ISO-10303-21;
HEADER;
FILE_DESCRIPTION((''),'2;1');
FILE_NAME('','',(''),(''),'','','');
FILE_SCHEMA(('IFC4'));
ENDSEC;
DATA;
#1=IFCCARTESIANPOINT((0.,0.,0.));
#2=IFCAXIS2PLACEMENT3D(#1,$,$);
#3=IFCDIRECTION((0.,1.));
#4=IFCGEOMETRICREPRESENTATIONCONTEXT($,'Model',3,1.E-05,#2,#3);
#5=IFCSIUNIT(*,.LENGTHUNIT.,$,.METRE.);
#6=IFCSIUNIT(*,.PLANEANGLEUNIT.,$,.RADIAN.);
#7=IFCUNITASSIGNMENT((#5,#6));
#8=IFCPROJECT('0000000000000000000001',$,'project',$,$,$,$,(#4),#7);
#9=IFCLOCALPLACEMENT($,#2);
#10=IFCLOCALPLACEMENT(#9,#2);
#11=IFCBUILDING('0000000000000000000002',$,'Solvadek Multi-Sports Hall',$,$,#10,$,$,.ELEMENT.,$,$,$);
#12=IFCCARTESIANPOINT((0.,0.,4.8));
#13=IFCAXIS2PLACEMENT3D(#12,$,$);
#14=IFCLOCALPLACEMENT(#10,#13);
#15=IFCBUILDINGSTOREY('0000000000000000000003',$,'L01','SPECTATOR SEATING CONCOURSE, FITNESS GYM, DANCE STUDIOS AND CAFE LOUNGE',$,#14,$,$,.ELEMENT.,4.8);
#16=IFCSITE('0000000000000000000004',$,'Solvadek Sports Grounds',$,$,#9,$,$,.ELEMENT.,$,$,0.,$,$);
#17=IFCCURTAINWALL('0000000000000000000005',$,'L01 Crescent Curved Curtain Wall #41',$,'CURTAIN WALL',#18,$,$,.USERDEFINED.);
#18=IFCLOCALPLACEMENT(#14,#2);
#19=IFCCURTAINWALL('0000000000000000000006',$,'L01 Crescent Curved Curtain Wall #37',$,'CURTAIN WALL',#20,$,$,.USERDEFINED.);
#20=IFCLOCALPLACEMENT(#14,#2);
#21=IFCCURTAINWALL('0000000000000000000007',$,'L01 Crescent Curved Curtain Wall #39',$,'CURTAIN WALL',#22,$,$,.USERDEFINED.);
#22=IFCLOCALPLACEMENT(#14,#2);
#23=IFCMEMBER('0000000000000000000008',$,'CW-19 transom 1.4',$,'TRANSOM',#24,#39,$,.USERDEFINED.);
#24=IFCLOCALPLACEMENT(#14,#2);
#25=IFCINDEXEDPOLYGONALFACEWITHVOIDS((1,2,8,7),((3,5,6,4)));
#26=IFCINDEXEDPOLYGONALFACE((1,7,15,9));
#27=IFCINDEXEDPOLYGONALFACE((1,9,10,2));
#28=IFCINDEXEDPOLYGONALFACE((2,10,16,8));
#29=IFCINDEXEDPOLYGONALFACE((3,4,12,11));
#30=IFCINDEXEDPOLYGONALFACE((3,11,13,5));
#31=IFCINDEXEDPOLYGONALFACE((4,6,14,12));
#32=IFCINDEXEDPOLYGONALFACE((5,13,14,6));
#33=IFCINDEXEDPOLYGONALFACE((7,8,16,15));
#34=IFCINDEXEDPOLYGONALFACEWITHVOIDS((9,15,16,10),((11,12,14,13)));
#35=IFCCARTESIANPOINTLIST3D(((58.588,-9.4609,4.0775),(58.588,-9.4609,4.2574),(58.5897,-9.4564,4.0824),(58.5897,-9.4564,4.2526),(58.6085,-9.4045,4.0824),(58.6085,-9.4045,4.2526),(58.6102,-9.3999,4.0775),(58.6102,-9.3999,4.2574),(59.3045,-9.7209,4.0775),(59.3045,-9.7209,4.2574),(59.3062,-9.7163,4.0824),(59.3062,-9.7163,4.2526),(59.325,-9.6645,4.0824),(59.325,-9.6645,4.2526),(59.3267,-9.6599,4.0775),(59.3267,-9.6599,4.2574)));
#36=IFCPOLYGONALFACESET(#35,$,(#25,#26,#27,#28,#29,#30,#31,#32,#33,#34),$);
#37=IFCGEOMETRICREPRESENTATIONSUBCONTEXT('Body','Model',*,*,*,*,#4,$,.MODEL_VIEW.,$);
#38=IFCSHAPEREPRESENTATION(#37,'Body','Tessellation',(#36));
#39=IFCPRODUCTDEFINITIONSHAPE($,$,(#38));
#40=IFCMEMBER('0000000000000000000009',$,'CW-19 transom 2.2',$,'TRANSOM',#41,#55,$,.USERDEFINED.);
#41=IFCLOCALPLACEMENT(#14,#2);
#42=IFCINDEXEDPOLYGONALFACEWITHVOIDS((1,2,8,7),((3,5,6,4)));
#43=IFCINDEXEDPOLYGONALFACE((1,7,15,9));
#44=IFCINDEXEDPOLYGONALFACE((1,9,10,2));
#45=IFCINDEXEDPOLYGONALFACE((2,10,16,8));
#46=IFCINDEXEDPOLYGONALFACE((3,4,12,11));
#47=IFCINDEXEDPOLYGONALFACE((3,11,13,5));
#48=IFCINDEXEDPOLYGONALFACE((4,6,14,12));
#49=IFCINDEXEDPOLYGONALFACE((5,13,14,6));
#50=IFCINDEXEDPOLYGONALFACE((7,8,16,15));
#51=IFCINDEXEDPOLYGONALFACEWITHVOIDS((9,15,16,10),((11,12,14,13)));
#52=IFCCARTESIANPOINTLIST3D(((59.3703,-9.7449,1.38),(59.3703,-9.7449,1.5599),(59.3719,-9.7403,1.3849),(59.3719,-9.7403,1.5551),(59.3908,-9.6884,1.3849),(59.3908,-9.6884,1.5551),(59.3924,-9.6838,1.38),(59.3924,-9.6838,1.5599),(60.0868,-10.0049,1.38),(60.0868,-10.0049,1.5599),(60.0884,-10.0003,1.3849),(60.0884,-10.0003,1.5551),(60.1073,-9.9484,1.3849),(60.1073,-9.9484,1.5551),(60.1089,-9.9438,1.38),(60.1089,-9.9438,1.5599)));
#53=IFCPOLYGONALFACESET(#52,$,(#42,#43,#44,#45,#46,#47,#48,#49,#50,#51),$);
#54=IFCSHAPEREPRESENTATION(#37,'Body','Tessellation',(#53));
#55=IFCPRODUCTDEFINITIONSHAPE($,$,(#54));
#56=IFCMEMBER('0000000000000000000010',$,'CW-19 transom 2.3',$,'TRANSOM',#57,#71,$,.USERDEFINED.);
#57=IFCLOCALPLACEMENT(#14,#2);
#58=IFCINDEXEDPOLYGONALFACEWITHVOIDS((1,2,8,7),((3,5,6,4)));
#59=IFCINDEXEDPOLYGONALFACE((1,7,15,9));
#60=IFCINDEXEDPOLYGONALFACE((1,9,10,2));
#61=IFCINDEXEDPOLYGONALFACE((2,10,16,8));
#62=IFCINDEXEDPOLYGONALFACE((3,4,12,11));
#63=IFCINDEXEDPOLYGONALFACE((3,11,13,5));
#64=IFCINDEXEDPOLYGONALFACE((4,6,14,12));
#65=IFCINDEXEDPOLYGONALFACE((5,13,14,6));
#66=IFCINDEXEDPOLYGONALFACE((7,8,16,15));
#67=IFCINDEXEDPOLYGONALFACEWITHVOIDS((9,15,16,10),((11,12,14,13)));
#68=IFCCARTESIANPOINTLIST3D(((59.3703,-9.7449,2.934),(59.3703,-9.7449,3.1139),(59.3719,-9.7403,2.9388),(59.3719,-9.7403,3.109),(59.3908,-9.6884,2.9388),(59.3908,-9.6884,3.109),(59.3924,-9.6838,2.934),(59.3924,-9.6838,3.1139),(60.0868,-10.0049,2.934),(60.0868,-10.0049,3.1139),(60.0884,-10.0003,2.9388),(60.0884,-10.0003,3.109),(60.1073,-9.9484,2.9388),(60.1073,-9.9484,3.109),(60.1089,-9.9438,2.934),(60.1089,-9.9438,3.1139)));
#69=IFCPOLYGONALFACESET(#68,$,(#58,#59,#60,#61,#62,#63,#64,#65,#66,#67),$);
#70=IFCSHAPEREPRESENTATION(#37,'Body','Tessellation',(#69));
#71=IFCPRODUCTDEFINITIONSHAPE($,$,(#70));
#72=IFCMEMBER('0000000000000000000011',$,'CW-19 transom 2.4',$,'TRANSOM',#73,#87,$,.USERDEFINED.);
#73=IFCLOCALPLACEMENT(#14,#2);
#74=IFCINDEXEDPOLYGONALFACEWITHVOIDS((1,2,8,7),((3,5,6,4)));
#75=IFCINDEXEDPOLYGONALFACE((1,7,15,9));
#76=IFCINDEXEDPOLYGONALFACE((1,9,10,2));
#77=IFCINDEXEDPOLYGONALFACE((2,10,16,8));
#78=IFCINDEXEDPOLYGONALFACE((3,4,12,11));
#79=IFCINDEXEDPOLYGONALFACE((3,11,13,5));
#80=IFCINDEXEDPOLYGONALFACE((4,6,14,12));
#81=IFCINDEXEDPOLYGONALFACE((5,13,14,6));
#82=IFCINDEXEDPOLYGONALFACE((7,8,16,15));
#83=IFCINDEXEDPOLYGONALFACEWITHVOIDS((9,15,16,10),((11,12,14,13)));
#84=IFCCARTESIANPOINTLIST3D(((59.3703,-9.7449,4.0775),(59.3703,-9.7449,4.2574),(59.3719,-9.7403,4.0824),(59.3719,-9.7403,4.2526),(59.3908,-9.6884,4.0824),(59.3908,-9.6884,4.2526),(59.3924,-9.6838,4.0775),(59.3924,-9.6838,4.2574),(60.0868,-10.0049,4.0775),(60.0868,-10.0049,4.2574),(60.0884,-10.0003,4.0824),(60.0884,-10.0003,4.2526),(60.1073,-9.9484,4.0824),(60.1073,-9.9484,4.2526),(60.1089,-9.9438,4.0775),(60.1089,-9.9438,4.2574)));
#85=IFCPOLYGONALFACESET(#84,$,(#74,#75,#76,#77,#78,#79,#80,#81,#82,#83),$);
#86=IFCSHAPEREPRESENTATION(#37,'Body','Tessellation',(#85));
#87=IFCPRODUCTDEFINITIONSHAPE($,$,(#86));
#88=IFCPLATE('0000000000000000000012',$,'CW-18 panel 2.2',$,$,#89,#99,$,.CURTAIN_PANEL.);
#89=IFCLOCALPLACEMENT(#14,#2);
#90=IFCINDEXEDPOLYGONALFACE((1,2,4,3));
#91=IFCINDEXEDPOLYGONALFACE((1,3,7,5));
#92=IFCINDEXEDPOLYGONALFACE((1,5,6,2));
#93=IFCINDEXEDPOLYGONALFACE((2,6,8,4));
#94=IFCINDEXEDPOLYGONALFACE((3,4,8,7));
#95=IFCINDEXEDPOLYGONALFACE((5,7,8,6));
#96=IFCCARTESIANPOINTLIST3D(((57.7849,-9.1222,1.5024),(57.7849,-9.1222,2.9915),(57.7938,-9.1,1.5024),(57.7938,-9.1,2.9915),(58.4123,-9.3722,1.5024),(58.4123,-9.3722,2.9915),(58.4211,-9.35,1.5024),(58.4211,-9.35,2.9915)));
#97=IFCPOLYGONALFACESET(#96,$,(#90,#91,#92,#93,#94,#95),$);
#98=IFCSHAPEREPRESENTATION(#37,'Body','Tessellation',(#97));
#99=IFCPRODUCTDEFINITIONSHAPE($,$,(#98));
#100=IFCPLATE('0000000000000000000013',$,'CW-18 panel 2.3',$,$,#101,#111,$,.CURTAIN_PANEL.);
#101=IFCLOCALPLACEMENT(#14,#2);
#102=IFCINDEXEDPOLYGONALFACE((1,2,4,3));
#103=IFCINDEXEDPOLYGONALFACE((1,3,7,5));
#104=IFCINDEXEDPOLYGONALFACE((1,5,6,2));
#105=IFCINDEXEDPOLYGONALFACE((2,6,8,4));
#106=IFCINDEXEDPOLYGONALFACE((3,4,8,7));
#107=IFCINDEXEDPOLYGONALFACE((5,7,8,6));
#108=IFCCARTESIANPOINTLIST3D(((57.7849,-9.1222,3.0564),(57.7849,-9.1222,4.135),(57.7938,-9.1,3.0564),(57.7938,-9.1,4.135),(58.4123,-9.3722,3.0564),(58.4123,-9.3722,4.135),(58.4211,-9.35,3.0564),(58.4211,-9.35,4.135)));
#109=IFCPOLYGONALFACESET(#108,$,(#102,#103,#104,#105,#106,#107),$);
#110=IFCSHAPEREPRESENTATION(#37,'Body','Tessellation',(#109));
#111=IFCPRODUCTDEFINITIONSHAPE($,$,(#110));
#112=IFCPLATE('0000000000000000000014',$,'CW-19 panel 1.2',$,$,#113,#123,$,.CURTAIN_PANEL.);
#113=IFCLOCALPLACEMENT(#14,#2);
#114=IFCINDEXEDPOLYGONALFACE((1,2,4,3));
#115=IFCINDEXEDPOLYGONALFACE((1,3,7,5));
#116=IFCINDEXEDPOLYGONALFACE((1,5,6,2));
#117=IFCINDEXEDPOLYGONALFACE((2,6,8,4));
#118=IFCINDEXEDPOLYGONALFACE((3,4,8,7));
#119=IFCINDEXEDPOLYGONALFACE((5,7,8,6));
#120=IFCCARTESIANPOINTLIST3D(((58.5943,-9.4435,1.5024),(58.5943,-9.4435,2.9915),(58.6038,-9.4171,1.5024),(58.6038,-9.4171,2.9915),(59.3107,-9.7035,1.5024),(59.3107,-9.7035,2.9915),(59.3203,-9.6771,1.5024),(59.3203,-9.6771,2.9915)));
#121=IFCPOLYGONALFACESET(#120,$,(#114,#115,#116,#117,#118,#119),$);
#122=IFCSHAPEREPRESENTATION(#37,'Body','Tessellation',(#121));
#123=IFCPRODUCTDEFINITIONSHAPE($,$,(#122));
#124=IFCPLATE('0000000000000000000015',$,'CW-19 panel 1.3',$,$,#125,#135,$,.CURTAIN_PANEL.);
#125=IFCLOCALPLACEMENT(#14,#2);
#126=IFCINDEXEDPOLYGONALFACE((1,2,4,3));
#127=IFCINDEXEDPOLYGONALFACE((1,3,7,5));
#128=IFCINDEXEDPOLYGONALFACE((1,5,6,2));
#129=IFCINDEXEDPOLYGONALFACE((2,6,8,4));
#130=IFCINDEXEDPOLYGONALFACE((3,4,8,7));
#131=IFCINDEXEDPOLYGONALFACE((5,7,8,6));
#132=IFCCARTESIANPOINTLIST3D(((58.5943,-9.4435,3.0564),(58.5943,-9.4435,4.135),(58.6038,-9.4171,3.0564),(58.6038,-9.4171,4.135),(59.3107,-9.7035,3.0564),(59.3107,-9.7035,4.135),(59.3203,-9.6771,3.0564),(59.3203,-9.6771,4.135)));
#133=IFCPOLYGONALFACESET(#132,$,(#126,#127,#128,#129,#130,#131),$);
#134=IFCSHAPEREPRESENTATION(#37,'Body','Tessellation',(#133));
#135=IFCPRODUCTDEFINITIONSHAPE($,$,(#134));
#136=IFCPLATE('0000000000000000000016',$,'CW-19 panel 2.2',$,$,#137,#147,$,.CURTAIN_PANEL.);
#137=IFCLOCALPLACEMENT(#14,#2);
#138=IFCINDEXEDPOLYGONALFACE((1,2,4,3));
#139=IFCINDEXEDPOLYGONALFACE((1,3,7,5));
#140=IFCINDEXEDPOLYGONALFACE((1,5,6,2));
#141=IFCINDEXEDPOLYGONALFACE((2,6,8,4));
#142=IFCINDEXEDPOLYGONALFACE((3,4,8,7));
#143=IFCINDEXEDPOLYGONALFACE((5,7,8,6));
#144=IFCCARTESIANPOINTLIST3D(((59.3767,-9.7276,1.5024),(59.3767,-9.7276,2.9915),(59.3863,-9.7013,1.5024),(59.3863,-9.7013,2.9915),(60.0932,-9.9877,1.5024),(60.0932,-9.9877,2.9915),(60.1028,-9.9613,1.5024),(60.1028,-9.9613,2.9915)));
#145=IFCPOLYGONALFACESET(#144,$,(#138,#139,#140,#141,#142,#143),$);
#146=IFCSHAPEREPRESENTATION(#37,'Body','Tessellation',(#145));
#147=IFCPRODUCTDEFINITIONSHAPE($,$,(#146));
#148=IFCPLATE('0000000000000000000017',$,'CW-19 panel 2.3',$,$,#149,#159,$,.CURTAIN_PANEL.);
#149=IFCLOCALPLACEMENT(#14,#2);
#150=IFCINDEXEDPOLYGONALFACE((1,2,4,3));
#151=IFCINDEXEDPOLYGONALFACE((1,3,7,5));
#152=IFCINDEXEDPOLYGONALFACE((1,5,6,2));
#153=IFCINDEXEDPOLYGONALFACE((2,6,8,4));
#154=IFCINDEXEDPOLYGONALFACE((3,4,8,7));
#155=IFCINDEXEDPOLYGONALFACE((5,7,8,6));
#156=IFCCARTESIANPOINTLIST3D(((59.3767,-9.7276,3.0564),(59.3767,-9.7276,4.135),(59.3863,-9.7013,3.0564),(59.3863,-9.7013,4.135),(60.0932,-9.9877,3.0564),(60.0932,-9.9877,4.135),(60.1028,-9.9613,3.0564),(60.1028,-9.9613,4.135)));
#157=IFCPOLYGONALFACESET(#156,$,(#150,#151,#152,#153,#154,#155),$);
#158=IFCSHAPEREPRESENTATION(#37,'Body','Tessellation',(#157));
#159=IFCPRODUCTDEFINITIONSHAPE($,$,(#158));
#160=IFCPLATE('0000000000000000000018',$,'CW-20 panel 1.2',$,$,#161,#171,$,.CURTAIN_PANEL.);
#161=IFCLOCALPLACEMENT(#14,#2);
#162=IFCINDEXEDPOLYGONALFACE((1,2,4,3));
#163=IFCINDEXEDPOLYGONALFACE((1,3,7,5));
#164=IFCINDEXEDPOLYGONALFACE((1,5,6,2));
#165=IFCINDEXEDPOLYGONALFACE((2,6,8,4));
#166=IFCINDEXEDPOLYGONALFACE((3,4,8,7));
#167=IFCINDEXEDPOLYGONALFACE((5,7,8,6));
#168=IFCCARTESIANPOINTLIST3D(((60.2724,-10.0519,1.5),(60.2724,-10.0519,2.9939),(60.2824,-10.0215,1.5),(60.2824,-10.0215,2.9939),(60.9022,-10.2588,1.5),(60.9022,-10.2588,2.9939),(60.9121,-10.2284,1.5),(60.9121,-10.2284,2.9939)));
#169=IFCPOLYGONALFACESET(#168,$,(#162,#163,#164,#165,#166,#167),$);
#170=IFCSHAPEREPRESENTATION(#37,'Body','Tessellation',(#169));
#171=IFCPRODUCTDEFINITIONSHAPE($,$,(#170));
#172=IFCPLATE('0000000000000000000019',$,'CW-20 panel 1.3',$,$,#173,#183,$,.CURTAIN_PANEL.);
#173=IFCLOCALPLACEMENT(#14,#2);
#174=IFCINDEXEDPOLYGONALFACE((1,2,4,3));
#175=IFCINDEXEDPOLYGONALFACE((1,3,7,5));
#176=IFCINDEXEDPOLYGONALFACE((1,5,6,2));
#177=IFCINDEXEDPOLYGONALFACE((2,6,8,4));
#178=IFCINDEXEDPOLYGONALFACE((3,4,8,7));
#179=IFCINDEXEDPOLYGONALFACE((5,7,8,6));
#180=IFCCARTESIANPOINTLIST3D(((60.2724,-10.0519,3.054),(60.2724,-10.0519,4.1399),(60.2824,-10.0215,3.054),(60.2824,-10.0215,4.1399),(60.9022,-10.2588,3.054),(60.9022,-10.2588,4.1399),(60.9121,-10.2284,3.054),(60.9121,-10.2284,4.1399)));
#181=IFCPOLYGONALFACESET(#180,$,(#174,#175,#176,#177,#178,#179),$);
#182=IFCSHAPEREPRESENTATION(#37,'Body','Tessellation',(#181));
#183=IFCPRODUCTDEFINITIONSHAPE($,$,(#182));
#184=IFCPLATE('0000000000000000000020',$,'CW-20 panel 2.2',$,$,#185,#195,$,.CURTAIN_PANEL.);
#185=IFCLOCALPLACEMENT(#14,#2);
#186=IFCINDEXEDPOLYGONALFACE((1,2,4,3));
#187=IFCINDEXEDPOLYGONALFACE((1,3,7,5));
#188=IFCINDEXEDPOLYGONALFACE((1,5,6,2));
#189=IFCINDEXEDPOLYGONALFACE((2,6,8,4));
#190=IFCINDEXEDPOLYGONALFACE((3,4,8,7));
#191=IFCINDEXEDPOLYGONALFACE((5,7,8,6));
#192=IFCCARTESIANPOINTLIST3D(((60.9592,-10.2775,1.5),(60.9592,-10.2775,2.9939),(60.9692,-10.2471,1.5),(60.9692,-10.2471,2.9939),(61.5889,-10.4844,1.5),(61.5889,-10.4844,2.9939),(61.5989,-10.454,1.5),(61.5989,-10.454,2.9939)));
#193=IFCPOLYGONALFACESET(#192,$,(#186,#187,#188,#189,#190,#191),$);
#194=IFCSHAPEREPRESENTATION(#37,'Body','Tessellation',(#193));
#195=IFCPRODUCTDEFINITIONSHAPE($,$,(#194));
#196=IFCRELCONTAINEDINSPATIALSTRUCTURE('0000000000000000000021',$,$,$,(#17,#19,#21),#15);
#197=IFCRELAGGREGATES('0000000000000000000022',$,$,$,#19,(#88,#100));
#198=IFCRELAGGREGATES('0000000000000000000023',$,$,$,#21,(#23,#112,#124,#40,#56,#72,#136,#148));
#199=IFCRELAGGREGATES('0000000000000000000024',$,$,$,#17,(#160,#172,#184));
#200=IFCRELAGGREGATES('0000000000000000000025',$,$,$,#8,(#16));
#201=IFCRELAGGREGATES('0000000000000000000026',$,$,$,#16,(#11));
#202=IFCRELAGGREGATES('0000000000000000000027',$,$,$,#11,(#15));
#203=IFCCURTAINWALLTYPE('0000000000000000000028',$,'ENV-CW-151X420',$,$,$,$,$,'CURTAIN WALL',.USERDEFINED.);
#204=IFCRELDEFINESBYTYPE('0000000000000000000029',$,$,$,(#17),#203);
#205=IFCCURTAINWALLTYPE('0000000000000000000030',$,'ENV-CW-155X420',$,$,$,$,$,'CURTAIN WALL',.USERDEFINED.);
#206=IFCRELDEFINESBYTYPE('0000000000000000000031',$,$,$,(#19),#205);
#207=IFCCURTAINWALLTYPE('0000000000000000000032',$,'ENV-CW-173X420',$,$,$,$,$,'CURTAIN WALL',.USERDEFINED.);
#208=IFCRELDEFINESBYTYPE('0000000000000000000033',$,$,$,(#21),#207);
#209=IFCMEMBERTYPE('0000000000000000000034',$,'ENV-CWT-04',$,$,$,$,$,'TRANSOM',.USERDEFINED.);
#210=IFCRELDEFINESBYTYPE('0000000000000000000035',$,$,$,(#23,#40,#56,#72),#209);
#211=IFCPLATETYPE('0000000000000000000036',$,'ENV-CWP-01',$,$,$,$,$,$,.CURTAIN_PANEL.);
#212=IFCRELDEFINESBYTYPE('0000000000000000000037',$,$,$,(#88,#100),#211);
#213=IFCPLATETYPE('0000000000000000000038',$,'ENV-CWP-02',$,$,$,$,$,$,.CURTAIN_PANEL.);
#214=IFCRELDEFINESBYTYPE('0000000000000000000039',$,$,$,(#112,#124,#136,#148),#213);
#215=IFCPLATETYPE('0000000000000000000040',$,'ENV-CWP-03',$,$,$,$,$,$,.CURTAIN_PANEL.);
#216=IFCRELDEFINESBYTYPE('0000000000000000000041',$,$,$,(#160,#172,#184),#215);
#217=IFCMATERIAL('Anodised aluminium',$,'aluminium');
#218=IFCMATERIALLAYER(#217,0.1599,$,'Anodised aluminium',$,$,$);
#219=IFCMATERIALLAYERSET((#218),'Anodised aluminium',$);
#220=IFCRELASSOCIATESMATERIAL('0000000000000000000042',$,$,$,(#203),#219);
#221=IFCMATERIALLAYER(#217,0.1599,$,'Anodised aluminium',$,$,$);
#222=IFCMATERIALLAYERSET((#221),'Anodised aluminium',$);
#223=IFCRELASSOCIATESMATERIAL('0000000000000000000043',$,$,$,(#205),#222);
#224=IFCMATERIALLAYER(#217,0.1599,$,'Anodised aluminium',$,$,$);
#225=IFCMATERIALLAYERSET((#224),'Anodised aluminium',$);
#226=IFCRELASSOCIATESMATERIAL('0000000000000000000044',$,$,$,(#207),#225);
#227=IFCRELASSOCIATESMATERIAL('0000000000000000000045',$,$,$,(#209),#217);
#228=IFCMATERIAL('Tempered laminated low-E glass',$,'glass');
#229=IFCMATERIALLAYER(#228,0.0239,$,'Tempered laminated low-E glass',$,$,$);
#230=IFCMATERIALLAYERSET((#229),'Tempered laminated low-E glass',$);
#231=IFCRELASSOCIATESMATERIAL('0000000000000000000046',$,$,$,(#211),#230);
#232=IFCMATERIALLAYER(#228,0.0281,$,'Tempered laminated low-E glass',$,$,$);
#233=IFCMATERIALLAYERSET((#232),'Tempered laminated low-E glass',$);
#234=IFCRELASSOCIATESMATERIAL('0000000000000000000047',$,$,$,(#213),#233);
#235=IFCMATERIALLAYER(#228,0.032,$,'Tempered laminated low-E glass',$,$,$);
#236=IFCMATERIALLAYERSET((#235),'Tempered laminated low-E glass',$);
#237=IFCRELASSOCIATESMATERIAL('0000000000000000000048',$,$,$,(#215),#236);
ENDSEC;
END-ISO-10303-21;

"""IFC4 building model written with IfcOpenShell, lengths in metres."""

from ifc_helpers import new_model, si_unit, direction, frame, origin, origin_2d, place, context, subcontext, project, spatial, rectangle, hollow_rectangle, extrude, material, layer, layer_set, material_profile, profile_set, type_object, element, aggregate, save


model = new_model("IFC4")

# Units and contexts
model_context = context("Model", 3, precision=1e-05, world=origin(), true_north=direction((0.0, 1.0)))
body_context = subcontext(model_context, "Body", "Model", "MODEL_VIEW")
ifc_project = project(units=[si_unit("LENGTHUNIT", "METRE"), si_unit("PLANEANGLEUNIT", "RADIAN")], contexts=[model_context])

# Site, building, storey
site_placement = place(None, origin())
site = spatial("IfcSite", under=ifc_project, at=site_placement, Name="Solvadek Sports Grounds", CompositionType="ELEMENT", RefElevation=0.0)
building_placement = place(site_placement, origin())
building = spatial("IfcBuilding", under=site, at=building_placement, Name="Solvadek Multi-Sports Hall", CompositionType="ELEMENT")
storey_placement = place(building_placement, frame((0.0, 0.0, 4.8)))
storey = spatial("IfcBuildingStorey", under=building, at=storey_placement, Name="L01", Description="SPECTATOR SEATING CONCOURSE, FITNESS GYM, DANCE STUDIOS AND CAFE LOUNGE", CompositionType="ELEMENT", Elevation=4.8)

# Curtain walls, members
ifc_material_1 = material(Name="Anodised aluminium", Category="aluminium")
ifc_layer_1 = layer(ifc_material_1, 0.1599, Name="Anodised aluminium")
ifc_layer_set_1 = layer_set([ifc_layer_1], Name="Anodised aluminium")
curtain_wall_type_1 = type_object("IfcCurtainWallType", Name="ENV-CW-151X420", ElementType="CURTAIN WALL", PredefinedType="USERDEFINED", material=ifc_layer_set_1)
curtain_wall_1_placement = place(storey_placement, origin())
curtain_wall_1 = element("IfcCurtainWall", 1, at=curtain_wall_1_placement, inside=storey, type_object=curtain_wall_type_1, Name="L01 Crescent Curved Curtain Wall #41", ObjectType="CURTAIN WALL", PredefinedType="USERDEFINED")
ifc_layer_2 = layer(ifc_material_1, 0.1599, Name="Anodised aluminium")
ifc_layer_set_2 = layer_set([ifc_layer_2], Name="Anodised aluminium")
curtain_wall_type_2 = type_object("IfcCurtainWallType", Name="ENV-CW-155X420", ElementType="CURTAIN WALL", PredefinedType="USERDEFINED", material=ifc_layer_set_2)
curtain_wall_2_placement = place(storey_placement, origin())
curtain_wall_2 = element("IfcCurtainWall", 2, at=curtain_wall_2_placement, inside=storey, type_object=curtain_wall_type_2, Name="L01 Crescent Curved Curtain Wall #37", ObjectType="CURTAIN WALL", PredefinedType="USERDEFINED")
ifc_layer_3 = layer(ifc_material_1, 0.1599, Name="Anodised aluminium")
ifc_layer_set_3 = layer_set([ifc_layer_3], Name="Anodised aluminium")
curtain_wall_type_3 = type_object("IfcCurtainWallType", Name="ENV-CW-173X420", ElementType="CURTAIN WALL", PredefinedType="USERDEFINED", material=ifc_layer_set_3)
curtain_wall_3_placement = place(storey_placement, origin())
curtain_wall_3 = element("IfcCurtainWall", 3, at=curtain_wall_3_placement, inside=storey, type_object=curtain_wall_type_3, Name="L01 Crescent Curved Curtain Wall #39", ObjectType="CURTAIN WALL", PredefinedType="USERDEFINED")
ifc_material_profile_1 = material_profile(ifc_material_1, hollow_rectangle(XDim=0.0649, YDim=0.1799, WallThickness=0.0049, at=origin_2d()), Name="ALU-T 180x65x5")
ifc_profile_set_1 = profile_set([ifc_material_profile_1], Name="Anodised aluminium")
member_type_1 = type_object("IfcMemberType", Name="ENV-CWT-04", ElementType="TRANSOM", PredefinedType="USERDEFINED", material=ifc_profile_set_1)
member_1_placement = place(storey_placement, frame((58.5991, -9.4304, 4.1675), z_axis=(0.940027, -0.3411, 0.0), x_axis=(0.3411, 0.940027, 0.0)))
member_1 = element("IfcMember", 4, at=member_1_placement, type_object=member_type_1, Name="CW-19 transom 1.4", ObjectType="TRANSOM", PredefinedType="USERDEFINED", context=body_context, shape_type="SweptSolid", body=[
    extrude(hollow_rectangle(XDim=0.0649, YDim=0.1799, WallThickness=0.0049, at=origin_2d()), origin(), (0.0, 0.0, 1.0), 0.7622),
])
member_2_placement = place(storey_placement, frame((59.3813, -9.7144, 1.47), z_axis=(0.940027, -0.3411, 0.0), x_axis=(0.3411, 0.940027, 0.0)))
member_2 = element("IfcMember", 5, at=member_2_placement, type_object=member_type_1, Name="CW-19 transom 2.2", ObjectType="TRANSOM", PredefinedType="USERDEFINED", context=body_context, shape_type="SweptSolid", body=[
    extrude(hollow_rectangle(XDim=0.0649, YDim=0.1799, WallThickness=0.0049, at=origin_2d()), origin(), (0.0, 0.0, 1.0), 0.7622),
])
member_3_placement = place(storey_placement, frame((59.3813, -9.7144, 3.0239), z_axis=(0.940027, -0.3411, 0.0), x_axis=(0.3411, 0.940027, 0.0)))
member_3 = element("IfcMember", 6, at=member_3_placement, type_object=member_type_1, Name="CW-19 transom 2.3", ObjectType="TRANSOM", PredefinedType="USERDEFINED", context=body_context, shape_type="SweptSolid", body=[
    extrude(hollow_rectangle(XDim=0.0649, YDim=0.1799, WallThickness=0.0049, at=origin_2d()), origin(), (0.0, 0.0, 1.0), 0.7622),
])
member_4_placement = place(storey_placement, frame((59.3813, -9.7144, 4.1675), z_axis=(0.940027, -0.3411, 0.0), x_axis=(0.3411, 0.940027, 0.0)))
member_4 = element("IfcMember", 7, at=member_4_placement, type_object=member_type_1, Name="CW-19 transom 2.4", ObjectType="TRANSOM", PredefinedType="USERDEFINED", context=body_context, shape_type="SweptSolid", body=[
    extrude(hollow_rectangle(XDim=0.0649, YDim=0.1799, WallThickness=0.0049, at=origin_2d()), origin(), (0.0, 0.0, 1.0), 0.7622),
])

# Plates
ifc_material_2 = material(Name="Tempered laminated low-E glass", Category="glass")
ifc_layer_4 = layer(ifc_material_2, 0.0239, Name="Tempered laminated low-E glass")
ifc_layer_set_4 = layer_set([ifc_layer_4], Name="Tempered laminated low-E glass")
plate_type_1 = type_object("IfcPlateType", Name="ENV-CWP-01", PredefinedType="CURTAIN_PANEL", material=ifc_layer_set_4)
plate_1_placement = place(storey_placement, frame((58.103, -9.2361, 1.5024), z_axis=(0.0, 0.0, 1.0), x_axis=(0.928967, -0.370163, 0.0)))
plate_1 = element("IfcPlate", 8, at=plate_1_placement, type_object=plate_type_1, Name="CW-18 panel 2.2", PredefinedType="CURTAIN_PANEL", context=body_context, shape_type="SweptSolid", body=[
    extrude(rectangle(XDim=0.6753, YDim=0.0239, at=origin_2d()), origin(), (0.0, 0.0, 1.0), 1.489),
])
plate_2_placement = place(storey_placement, frame((58.103, -9.2361, 3.0564), z_axis=(0.0, 0.0, 1.0), x_axis=(0.928967, -0.370163, 0.0)))
plate_2 = element("IfcPlate", 9, at=plate_2_placement, type_object=plate_type_1, Name="CW-18 panel 2.3", PredefinedType="CURTAIN_PANEL", context=body_context, shape_type="SweptSolid", body=[
    extrude(rectangle(XDim=0.6753, YDim=0.0239, at=origin_2d()), origin(), (0.0, 0.0, 1.0), 1.0786),
])
aggregate(curtain_wall_2, [plate_1, plate_2])
ifc_layer_5 = layer(ifc_material_2, 0.0281, Name="Tempered laminated low-E glass")
ifc_layer_set_5 = layer_set([ifc_layer_5], Name="Tempered laminated low-E glass")
plate_type_2 = type_object("IfcPlateType", Name="ENV-CWP-02", PredefinedType="CURTAIN_PANEL", material=ifc_layer_set_5)
plate_3_placement = place(storey_placement, frame((58.9573, -9.5603, 1.5024), z_axis=(0.0, 0.0, 1.0), x_axis=(0.939992, -0.341197, 0.0)))
plate_3 = element("IfcPlate", 10, at=plate_3_placement, type_object=plate_type_2, Name="CW-19 panel 1.2", PredefinedType="CURTAIN_PANEL", context=body_context, shape_type="SweptSolid", body=[
    extrude(rectangle(XDim=0.7622, YDim=0.0281, at=origin_2d()), origin(), (0.0, 0.0, 1.0), 1.489),
])
plate_4_placement = place(storey_placement, frame((58.9573, -9.5603, 3.0564), z_axis=(0.0, 0.0, 1.0), x_axis=(0.939992, -0.341197, 0.0)))
plate_4 = element("IfcPlate", 11, at=plate_4_placement, type_object=plate_type_2, Name="CW-19 panel 1.3", PredefinedType="CURTAIN_PANEL", context=body_context, shape_type="SweptSolid", body=[
    extrude(rectangle(XDim=0.7622, YDim=0.0281, at=origin_2d()), origin(), (0.0, 0.0, 1.0), 1.0786),
])
plate_5_placement = place(storey_placement, frame((59.7397, -9.8445, 1.5024), z_axis=(0.0, 0.0, 1.0), x_axis=(0.939992, -0.341197, 0.0)))
plate_5 = element("IfcPlate", 12, at=plate_5_placement, type_object=plate_type_2, Name="CW-19 panel 2.2", PredefinedType="CURTAIN_PANEL", context=body_context, shape_type="SweptSolid", body=[
    extrude(rectangle(XDim=0.7622, YDim=0.0281, at=origin_2d()), origin(), (0.0, 0.0, 1.0), 1.489),
])
plate_6_placement = place(storey_placement, frame((59.7397, -9.8445, 3.0564), z_axis=(0.0, 0.0, 1.0), x_axis=(0.939992, -0.341197, 0.0)))
plate_6 = element("IfcPlate", 13, at=plate_6_placement, type_object=plate_type_2, Name="CW-19 panel 2.3", PredefinedType="CURTAIN_PANEL", context=body_context, shape_type="SweptSolid", body=[
    extrude(rectangle(XDim=0.7622, YDim=0.0281, at=origin_2d()), origin(), (0.0, 0.0, 1.0), 1.0786),
])
aggregate(curtain_wall_3, [member_1, plate_3, plate_4, member_2, member_3, member_4, plate_5, plate_6])
ifc_layer_6 = layer(ifc_material_2, 0.032, Name="Tempered laminated low-E glass")
ifc_layer_set_6 = layer_set([ifc_layer_6], Name="Tempered laminated low-E glass")
plate_type_3 = type_object("IfcPlateType", Name="ENV-CWP-03", PredefinedType="CURTAIN_PANEL", material=ifc_layer_set_6)
plate_7_placement = place(storey_placement, frame((60.5923, -10.1401, 1.5), z_axis=(0.0, 0.0, 1.0), x_axis=(0.950049, -0.3121, 0.0)))
plate_7 = element("IfcPlate", 14, at=plate_7_placement, type_object=plate_type_3, Name="CW-20 panel 1.2", PredefinedType="CURTAIN_PANEL", context=body_context, shape_type="SweptSolid", body=[
    extrude(rectangle(XDim=0.6628, YDim=0.032, at=origin_2d()), origin(), (0.0, 0.0, 1.0), 1.4939),
])
plate_8_placement = place(storey_placement, frame((60.5923, -10.1401, 3.054), z_axis=(0.0, 0.0, 1.0), x_axis=(0.950049, -0.3121, 0.0)))
plate_8 = element("IfcPlate", 15, at=plate_8_placement, type_object=plate_type_3, Name="CW-20 panel 1.3", PredefinedType="CURTAIN_PANEL", context=body_context, shape_type="SweptSolid", body=[
    extrude(rectangle(XDim=0.6628, YDim=0.032, at=origin_2d()), origin(), (0.0, 0.0, 1.0), 1.0859),
])
plate_9_placement = place(storey_placement, frame((61.2791, -10.3657, 1.5), z_axis=(0.0, 0.0, 1.0), x_axis=(0.950049, -0.3121, 0.0)))
plate_9 = element("IfcPlate", 16, at=plate_9_placement, type_object=plate_type_3, Name="CW-20 panel 2.2", PredefinedType="CURTAIN_PANEL", context=body_context, shape_type="SweptSolid", body=[
    extrude(rectangle(XDim=0.6628, YDim=0.032, at=origin_2d()), origin(), (0.0, 0.0, 1.0), 1.4939),
])
aggregate(curtain_wall_1, [plate_7, plate_8, plate_9])

save(model, "model.ifc")
